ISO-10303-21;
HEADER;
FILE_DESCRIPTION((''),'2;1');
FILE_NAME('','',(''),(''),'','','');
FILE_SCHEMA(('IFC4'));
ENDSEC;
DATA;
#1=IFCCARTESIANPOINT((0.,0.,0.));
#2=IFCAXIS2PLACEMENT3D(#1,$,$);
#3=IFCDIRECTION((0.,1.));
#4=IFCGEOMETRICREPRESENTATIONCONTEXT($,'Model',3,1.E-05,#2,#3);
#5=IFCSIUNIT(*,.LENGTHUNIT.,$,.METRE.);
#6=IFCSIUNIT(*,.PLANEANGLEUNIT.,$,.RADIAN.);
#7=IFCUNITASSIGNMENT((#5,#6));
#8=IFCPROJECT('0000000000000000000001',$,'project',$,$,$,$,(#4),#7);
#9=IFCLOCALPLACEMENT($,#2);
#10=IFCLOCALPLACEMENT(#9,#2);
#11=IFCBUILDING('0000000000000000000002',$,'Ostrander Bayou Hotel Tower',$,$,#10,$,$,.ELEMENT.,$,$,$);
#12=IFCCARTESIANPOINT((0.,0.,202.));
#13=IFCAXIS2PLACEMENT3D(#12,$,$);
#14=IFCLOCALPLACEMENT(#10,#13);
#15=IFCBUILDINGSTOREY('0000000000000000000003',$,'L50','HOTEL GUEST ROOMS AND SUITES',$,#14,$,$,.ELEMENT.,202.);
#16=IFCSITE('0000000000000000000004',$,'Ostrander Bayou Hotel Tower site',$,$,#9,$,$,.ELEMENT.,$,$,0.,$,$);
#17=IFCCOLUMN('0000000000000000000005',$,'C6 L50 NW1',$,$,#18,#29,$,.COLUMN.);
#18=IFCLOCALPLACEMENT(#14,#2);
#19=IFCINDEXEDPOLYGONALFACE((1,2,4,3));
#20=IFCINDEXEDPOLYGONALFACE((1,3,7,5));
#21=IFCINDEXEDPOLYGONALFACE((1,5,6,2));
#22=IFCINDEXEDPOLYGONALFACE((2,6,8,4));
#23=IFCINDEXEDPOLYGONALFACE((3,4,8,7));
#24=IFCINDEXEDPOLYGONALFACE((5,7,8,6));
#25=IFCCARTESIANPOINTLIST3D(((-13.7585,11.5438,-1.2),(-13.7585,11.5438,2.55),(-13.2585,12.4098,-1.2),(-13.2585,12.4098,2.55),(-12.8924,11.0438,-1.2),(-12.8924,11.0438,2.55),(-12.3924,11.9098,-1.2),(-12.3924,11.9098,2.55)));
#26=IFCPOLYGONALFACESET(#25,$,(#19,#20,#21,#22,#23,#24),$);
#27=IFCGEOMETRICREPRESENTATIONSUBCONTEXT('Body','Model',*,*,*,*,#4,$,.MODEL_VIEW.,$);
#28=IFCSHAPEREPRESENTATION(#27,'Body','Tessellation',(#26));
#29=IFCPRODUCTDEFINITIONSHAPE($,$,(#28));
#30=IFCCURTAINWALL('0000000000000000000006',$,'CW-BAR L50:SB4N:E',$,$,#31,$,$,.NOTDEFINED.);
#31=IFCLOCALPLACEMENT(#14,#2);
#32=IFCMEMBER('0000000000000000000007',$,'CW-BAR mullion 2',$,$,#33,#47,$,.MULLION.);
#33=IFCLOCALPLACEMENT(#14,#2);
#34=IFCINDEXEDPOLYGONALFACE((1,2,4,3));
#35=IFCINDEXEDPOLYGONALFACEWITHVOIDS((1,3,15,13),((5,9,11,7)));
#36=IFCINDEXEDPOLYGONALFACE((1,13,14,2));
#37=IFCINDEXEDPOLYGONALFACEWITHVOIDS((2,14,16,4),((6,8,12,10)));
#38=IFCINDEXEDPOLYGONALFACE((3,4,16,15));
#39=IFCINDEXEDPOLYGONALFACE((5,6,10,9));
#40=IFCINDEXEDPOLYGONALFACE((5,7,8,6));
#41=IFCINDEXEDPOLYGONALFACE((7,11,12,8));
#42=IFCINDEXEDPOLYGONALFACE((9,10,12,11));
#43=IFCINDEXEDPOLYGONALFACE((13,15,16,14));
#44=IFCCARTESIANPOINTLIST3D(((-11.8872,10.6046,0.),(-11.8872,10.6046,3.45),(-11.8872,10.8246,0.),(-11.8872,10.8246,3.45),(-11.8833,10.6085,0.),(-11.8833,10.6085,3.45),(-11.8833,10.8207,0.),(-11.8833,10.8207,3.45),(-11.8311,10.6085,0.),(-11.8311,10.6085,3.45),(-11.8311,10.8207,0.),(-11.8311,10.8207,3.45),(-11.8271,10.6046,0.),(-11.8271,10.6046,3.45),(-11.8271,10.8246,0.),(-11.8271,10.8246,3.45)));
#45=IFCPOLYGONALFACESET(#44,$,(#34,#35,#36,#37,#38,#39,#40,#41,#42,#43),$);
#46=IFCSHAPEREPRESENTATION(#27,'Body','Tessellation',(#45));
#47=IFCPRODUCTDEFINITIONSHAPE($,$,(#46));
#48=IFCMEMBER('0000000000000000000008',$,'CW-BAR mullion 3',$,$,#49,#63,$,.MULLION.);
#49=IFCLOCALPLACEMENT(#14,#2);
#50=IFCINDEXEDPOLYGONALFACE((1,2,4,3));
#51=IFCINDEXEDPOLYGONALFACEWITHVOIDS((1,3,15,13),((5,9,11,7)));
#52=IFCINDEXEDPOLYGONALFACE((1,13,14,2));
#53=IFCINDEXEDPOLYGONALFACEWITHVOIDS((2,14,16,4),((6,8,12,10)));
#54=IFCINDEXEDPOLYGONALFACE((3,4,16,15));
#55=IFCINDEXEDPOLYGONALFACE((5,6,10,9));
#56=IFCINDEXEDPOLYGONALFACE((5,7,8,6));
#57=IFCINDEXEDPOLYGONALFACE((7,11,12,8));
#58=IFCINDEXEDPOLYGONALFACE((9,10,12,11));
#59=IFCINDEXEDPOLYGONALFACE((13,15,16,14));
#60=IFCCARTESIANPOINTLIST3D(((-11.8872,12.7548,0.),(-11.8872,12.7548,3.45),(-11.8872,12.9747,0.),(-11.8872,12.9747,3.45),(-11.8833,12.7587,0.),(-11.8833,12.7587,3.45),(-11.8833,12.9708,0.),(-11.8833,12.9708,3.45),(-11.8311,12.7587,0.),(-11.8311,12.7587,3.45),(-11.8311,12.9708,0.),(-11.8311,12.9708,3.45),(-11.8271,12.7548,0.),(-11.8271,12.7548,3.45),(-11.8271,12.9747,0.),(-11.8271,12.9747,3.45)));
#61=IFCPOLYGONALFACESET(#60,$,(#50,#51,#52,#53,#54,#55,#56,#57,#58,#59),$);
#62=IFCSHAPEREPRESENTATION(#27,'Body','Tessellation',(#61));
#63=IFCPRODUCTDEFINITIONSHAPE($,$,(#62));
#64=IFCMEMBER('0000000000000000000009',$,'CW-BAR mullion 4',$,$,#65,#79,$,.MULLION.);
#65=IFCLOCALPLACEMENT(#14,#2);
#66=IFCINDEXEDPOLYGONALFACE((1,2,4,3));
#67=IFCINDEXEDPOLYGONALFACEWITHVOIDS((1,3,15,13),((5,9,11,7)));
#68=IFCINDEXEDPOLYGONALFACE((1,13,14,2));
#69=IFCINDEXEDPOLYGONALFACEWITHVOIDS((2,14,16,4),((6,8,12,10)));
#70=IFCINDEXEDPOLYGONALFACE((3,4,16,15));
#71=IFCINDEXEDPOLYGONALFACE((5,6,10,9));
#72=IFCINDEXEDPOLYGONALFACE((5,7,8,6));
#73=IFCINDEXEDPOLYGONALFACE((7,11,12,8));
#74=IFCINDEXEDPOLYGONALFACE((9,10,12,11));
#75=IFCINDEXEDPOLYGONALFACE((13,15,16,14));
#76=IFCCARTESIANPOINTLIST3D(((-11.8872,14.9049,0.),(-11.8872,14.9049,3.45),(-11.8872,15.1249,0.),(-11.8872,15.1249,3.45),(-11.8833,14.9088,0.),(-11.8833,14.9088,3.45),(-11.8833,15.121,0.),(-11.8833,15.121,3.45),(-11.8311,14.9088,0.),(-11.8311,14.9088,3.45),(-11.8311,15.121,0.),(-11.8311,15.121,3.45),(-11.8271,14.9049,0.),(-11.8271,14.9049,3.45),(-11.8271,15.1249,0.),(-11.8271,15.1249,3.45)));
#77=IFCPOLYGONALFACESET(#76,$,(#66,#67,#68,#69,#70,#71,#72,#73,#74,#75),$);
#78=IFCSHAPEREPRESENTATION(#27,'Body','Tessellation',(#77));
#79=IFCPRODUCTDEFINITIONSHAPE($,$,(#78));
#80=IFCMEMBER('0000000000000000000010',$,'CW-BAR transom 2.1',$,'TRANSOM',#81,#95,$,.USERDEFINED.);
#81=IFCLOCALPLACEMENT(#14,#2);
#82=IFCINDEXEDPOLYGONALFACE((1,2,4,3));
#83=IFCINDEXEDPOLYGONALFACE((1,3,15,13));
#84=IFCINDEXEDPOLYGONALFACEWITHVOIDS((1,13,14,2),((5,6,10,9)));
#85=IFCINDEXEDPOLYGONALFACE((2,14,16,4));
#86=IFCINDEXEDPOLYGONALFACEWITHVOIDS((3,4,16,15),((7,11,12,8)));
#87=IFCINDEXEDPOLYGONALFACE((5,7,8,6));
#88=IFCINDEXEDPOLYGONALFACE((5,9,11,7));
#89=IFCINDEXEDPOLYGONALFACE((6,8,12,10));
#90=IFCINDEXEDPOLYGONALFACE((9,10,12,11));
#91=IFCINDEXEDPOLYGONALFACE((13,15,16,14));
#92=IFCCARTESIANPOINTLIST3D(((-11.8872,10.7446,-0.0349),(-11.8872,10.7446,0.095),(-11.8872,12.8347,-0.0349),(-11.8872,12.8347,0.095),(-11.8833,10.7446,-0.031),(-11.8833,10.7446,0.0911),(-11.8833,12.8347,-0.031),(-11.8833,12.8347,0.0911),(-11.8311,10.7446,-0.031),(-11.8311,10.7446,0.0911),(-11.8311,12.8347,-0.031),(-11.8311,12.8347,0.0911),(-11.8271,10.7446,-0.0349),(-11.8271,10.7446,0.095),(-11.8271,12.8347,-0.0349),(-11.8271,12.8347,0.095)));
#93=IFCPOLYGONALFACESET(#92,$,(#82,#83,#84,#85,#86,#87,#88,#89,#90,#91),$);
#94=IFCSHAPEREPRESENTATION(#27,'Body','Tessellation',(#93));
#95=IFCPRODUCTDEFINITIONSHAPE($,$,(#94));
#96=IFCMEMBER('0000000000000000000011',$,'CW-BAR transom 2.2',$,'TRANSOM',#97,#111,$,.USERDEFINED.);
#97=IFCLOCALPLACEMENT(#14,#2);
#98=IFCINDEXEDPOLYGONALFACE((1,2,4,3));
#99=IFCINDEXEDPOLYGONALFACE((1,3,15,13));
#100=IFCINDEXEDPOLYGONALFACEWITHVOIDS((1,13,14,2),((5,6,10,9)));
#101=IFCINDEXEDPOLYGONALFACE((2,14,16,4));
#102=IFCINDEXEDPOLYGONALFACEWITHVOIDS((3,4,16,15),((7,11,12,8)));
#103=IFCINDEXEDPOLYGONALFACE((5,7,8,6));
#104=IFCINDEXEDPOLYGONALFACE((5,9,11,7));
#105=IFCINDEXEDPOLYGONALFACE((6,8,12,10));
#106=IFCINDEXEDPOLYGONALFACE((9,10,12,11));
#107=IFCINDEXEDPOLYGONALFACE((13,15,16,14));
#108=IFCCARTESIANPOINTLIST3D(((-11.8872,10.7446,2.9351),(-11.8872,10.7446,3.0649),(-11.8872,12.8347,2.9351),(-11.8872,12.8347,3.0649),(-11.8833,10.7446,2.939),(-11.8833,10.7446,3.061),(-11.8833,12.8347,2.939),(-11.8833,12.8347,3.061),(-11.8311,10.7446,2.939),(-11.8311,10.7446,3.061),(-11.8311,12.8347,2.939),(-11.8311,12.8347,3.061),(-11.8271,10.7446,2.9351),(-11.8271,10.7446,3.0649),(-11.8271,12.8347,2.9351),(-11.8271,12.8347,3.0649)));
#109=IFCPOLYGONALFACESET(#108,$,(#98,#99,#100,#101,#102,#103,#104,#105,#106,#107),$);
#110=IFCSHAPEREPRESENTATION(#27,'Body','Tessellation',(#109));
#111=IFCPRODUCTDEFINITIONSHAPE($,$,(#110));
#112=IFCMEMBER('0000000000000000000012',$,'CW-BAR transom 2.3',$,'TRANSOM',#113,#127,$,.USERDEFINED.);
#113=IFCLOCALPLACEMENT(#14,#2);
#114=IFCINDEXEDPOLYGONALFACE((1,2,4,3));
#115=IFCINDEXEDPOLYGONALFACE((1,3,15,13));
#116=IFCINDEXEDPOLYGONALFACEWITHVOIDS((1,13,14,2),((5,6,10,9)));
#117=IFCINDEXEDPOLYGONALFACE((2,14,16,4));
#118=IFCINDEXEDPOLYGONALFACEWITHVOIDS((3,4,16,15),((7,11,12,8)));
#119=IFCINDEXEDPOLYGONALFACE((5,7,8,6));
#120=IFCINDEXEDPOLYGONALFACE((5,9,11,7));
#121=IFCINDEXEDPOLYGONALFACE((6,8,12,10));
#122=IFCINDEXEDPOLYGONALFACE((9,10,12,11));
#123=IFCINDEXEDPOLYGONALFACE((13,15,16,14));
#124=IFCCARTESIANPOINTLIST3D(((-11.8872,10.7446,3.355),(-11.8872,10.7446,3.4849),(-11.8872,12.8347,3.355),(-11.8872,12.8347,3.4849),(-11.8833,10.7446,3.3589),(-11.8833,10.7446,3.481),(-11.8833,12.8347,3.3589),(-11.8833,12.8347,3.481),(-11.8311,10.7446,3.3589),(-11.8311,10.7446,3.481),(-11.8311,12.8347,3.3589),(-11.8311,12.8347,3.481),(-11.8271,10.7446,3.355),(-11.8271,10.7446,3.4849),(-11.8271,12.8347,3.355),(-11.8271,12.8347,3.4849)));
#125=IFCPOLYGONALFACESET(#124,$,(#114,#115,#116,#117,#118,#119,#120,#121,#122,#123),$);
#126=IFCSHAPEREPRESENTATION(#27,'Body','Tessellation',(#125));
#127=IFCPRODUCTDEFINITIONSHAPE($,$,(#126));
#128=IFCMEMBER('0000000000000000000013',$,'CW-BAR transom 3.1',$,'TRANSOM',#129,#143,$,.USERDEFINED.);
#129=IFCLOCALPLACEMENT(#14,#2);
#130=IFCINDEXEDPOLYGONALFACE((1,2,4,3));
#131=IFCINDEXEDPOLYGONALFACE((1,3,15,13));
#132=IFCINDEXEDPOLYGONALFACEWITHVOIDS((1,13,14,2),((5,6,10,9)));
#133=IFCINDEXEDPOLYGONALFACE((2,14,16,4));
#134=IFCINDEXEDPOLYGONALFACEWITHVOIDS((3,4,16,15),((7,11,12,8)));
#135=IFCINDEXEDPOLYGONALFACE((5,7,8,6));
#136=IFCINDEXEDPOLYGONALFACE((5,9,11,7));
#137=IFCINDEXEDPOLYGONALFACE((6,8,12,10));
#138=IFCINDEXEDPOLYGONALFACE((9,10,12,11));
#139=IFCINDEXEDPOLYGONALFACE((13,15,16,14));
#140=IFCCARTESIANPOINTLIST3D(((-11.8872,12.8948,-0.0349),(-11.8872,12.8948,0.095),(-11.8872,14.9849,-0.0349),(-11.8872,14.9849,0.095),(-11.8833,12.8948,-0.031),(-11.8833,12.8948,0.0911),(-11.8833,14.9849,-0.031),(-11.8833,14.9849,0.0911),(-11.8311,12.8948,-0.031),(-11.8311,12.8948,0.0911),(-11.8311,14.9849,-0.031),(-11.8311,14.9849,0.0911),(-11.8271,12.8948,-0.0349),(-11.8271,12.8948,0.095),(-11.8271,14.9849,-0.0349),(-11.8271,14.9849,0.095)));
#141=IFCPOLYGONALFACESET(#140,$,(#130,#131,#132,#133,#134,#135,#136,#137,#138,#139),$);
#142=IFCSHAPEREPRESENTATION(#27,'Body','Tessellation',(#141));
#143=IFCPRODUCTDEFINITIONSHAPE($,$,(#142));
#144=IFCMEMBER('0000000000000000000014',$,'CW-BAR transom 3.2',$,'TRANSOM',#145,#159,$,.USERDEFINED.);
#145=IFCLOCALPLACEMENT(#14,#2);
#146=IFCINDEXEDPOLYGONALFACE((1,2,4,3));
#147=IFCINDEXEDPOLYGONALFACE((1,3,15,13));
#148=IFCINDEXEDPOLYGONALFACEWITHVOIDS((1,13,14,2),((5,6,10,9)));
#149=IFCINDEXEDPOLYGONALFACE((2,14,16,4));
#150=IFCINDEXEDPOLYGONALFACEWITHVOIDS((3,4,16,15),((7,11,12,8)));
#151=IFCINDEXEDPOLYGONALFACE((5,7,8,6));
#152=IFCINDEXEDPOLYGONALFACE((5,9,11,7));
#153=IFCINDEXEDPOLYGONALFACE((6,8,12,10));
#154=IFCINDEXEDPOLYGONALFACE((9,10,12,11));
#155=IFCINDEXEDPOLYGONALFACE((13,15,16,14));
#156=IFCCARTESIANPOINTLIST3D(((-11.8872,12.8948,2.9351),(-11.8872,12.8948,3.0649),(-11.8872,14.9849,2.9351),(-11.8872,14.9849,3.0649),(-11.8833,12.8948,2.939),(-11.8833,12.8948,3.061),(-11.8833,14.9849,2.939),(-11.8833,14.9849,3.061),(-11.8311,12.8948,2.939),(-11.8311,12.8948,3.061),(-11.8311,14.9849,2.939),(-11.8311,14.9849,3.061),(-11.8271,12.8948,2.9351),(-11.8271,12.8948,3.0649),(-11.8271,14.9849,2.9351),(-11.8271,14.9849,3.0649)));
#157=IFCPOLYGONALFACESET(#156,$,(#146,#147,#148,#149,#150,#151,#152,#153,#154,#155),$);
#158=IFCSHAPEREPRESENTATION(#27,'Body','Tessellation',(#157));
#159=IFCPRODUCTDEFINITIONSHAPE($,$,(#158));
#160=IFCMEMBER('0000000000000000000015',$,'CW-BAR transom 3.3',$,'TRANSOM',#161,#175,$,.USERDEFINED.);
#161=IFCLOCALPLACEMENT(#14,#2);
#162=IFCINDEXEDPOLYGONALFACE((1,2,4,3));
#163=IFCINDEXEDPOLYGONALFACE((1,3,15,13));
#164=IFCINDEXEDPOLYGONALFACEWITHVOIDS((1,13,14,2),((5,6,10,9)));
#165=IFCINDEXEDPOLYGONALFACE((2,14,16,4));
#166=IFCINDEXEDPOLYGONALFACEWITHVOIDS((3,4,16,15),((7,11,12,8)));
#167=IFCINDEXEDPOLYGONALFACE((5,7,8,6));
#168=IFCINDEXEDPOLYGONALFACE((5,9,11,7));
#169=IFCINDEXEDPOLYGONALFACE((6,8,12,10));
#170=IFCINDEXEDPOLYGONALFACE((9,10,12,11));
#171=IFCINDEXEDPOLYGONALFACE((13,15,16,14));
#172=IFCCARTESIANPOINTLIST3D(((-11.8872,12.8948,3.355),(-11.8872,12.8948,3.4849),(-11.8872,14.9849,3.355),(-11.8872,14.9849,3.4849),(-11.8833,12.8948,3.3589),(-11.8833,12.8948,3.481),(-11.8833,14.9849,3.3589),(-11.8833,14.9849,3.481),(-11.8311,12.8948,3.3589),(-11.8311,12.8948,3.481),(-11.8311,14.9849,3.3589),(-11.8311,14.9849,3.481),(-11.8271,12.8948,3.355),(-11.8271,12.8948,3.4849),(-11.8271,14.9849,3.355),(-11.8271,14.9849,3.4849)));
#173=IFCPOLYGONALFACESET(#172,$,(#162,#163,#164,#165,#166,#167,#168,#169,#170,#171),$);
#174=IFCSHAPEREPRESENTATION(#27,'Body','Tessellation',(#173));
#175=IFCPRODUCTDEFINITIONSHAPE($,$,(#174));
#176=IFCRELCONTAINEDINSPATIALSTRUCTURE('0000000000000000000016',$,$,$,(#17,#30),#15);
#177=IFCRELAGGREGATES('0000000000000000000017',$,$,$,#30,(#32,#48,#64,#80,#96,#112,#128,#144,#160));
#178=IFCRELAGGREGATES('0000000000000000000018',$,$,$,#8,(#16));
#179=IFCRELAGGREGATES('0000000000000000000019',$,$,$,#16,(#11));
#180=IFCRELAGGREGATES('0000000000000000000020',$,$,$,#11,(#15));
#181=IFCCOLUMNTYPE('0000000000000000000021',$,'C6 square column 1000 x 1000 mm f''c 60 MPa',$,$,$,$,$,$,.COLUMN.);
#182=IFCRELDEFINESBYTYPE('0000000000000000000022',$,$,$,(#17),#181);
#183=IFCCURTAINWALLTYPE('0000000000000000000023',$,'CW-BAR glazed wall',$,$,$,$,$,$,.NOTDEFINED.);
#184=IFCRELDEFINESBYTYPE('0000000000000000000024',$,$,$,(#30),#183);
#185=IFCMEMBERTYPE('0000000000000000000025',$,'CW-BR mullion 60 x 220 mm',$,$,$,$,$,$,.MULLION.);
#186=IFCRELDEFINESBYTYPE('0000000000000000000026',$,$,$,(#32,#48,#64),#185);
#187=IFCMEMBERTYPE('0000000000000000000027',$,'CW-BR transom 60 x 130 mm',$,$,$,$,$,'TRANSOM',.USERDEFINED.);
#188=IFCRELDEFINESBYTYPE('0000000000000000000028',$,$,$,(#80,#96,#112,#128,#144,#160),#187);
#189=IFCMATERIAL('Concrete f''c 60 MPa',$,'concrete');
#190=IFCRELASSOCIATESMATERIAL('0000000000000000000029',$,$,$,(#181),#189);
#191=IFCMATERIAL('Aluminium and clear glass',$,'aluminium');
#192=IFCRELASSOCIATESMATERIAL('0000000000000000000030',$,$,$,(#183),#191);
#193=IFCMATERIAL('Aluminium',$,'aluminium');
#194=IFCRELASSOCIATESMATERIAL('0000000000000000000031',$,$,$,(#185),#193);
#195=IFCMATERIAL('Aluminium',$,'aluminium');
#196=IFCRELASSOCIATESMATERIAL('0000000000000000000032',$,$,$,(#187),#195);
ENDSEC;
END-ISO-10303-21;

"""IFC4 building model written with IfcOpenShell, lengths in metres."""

from ifc_helpers import new_model, si_unit, direction, frame, origin, origin_2d, place, context, subcontext, project, spatial, rectangle, hollow_rectangle, extrude, material, material_profile, profile_set, type_object, element, aggregate, save


model = new_model("IFC4")

# Units and contexts
model_context = context("Model", 3, precision=1e-05, world=origin(), true_north=direction((0.0, 1.0)))
body_context = subcontext(model_context, "Body", "Model", "MODEL_VIEW")
ifc_project = project(units=[si_unit("LENGTHUNIT", "METRE"), si_unit("PLANEANGLEUNIT", "RADIAN")], contexts=[model_context])

# Site, building, storey
site_placement = place(None, origin())
site = spatial("IfcSite", under=ifc_project, at=site_placement, Name="Ostrander Bayou Hotel Tower site", CompositionType="ELEMENT", RefElevation=0.0)
building_placement = place(site_placement, origin())
building = spatial("IfcBuilding", under=site, at=building_placement, Name="Ostrander Bayou Hotel Tower", CompositionType="ELEMENT")
storey_placement = place(building_placement, frame((0.0, 0.0, 202.0)))
storey = spatial("IfcBuildingStorey", under=building, at=storey_placement, Name="L50", Description="HOTEL GUEST ROOMS AND SUITES", CompositionType="ELEMENT", Elevation=202.0)

# Column
ifc_material_1 = material(Name="Concrete f'c 60 MPa", Category="concrete")
ifc_material_profile_1 = material_profile(ifc_material_1, rectangle(XDim=1.0, YDim=1.0, at=origin_2d()))
ifc_profile_set_1 = profile_set([ifc_material_profile_1], Name="Concrete f'c 60 MPa")
column_type = type_object("IfcColumnType", Name="C6 square column 1000 x 1000 mm f'c 60 MPa", PredefinedType="COLUMN", material=ifc_profile_set_1)
column_placement = place(storey_placement, frame((-13.0754, 11.7268, -1.2), z_axis=(0.0, 0.0, 1.0), x_axis=(0.5, 0.866025, 0.0)))
element("IfcColumn", 1, at=column_placement, inside=storey, type_object=column_type, Name="C6 L50 NW1", PredefinedType="COLUMN", context=body_context, shape_type="SweptSolid", body=[
    extrude(rectangle(XDim=1.0, YDim=1.0, at=origin_2d()), origin(), (0.0, 0.0, 1.0), 3.75),
])

# Curtain wall, members
ifc_material_2 = material(Name="Aluminium and clear glass", Category="aluminium")
curtain_wall_type = type_object("IfcCurtainWallType", Name="CW-BAR glazed wall", PredefinedType="NOTDEFINED", material=ifc_material_2)
curtain_wall_placement = place(storey_placement, origin())
curtain_wall = element("IfcCurtainWall", 2, at=curtain_wall_placement, inside=storey, type_object=curtain_wall_type, Name="CW-BAR L50:SB4N:E", PredefinedType="NOTDEFINED")
ifc_material_3 = material(Name="Aluminium", Category="aluminium")
ifc_material_profile_2 = material_profile(ifc_material_3, hollow_rectangle(XDim=0.0601, YDim=0.22, WallThickness=0.0039, at=origin_2d()))
ifc_profile_set_2 = profile_set([ifc_material_profile_2], Name="Aluminium")
member_type_1 = type_object("IfcMemberType", Name="CW-BR mullion 60 x 220 mm", PredefinedType="MULLION", material=ifc_profile_set_2)
member_1_placement = place(storey_placement, frame((-11.8572, 10.7146, 0.0), z_axis=(0.0, 0.0, 1.0), x_axis=(-1.0, 0.0, 0.0)))
member_1 = element("IfcMember", 3, at=member_1_placement, type_object=member_type_1, Name="CW-BAR mullion 2", PredefinedType="MULLION", context=body_context, shape_type="SweptSolid", body=[
    extrude(hollow_rectangle(XDim=0.0601, YDim=0.22, WallThickness=0.0039, at=origin_2d()), origin(), (0.0, 0.0, 1.0), 3.45),
])
member_2_placement = place(storey_placement, frame((-11.8572, 12.8647, 0.0), z_axis=(0.0, 0.0, 1.0), x_axis=(-1.0, 0.0, 0.0)))
member_2 = element("IfcMember", 4, at=member_2_placement, type_object=member_type_1, Name="CW-BAR mullion 3", PredefinedType="MULLION", context=body_context, shape_type="SweptSolid", body=[
    extrude(hollow_rectangle(XDim=0.0601, YDim=0.22, WallThickness=0.0039, at=origin_2d()), origin(), (0.0, 0.0, 1.0), 3.45),
])
member_3_placement = place(storey_placement, frame((-11.8572, 15.0149, 0.0), z_axis=(0.0, 0.0, 1.0), x_axis=(-1.0, 0.0, 0.0)))
member_3 = element("IfcMember", 5, at=member_3_placement, type_object=member_type_1, Name="CW-BAR mullion 4", PredefinedType="MULLION", context=body_context, shape_type="SweptSolid", body=[
    extrude(hollow_rectangle(XDim=0.0601, YDim=0.22, WallThickness=0.0039, at=origin_2d()), origin(), (0.0, 0.0, 1.0), 3.45),
])
ifc_material_4 = material(Name="Aluminium", Category="aluminium")
ifc_material_profile_3 = material_profile(ifc_material_4, hollow_rectangle(XDim=0.0601, YDim=0.1299, WallThickness=0.0039, at=origin_2d()))
ifc_profile_set_3 = profile_set([ifc_material_profile_3], Name="Aluminium")
member_type_2 = type_object("IfcMemberType", Name="CW-BR transom 60 x 130 mm", ElementType="TRANSOM", PredefinedType="USERDEFINED", material=ifc_profile_set_3)
member_4_placement = place(storey_placement, frame((-11.8572, 10.7446, 0.03), z_axis=(0.0, 1.0, 0.0), x_axis=(-1.0, 0.0, 0.0)))
member_4 = element("IfcMember", 6, at=member_4_placement, type_object=member_type_2, Name="CW-BAR transom 2.1", ObjectType="TRANSOM", PredefinedType="USERDEFINED", context=body_context, shape_type="SweptSolid", body=[
    extrude(hollow_rectangle(XDim=0.0601, YDim=0.1299, WallThickness=0.0039, at=origin_2d()), origin(), (0.0, 0.0, 1.0), 2.0901),
])
member_5_placement = place(storey_placement, frame((-11.8572, 10.7446, 3.0), z_axis=(0.0, 1.0, 0.0), x_axis=(-1.0, 0.0, 0.0)))
member_5 = element("IfcMember", 7, at=member_5_placement, type_object=member_type_2, Name="CW-BAR transom 2.2", ObjectType="TRANSOM", PredefinedType="USERDEFINED", context=body_context, shape_type="SweptSolid", body=[
    extrude(hollow_rectangle(XDim=0.0601, YDim=0.1299, WallThickness=0.0039, at=origin_2d()), origin(), (0.0, 0.0, 1.0), 2.0901),
])
member_6_placement = place(storey_placement, frame((-11.8572, 10.7446, 3.4199), z_axis=(0.0, 1.0, 0.0), x_axis=(-1.0, 0.0, 0.0)))
member_6 = element("IfcMember", 8, at=member_6_placement, type_object=member_type_2, Name="CW-BAR transom 2.3", ObjectType="TRANSOM", PredefinedType="USERDEFINED", context=body_context, shape_type="SweptSolid", body=[
    extrude(hollow_rectangle(XDim=0.0601, YDim=0.1299, WallThickness=0.0039, at=origin_2d()), origin(), (0.0, 0.0, 1.0), 2.0901),
])
member_7_placement = place(storey_placement, frame((-11.8572, 12.8948, 0.03), z_axis=(0.0, 1.0, 0.0), x_axis=(-1.0, 0.0, 0.0)))
member_7 = element("IfcMember", 9, at=member_7_placement, type_object=member_type_2, Name="CW-BAR transom 3.1", ObjectType="TRANSOM", PredefinedType="USERDEFINED", context=body_context, shape_type="SweptSolid", body=[
    extrude(hollow_rectangle(XDim=0.0601, YDim=0.1299, WallThickness=0.0039, at=origin_2d()), origin(), (0.0, 0.0, 1.0), 2.0901),
])
member_8_placement = place(storey_placement, frame((-11.8572, 12.8948, 3.0), z_axis=(0.0, 1.0, 0.0), x_axis=(-1.0, 0.0, 0.0)))
member_8 = element("IfcMember", 10, at=member_8_placement, type_object=member_type_2, Name="CW-BAR transom 3.2", ObjectType="TRANSOM", PredefinedType="USERDEFINED", context=body_context, shape_type="SweptSolid", body=[
    extrude(hollow_rectangle(XDim=0.0601, YDim=0.1299, WallThickness=0.0039, at=origin_2d()), origin(), (0.0, 0.0, 1.0), 2.0901),
])
member_9_placement = place(storey_placement, frame((-11.8572, 12.8948, 3.4199), z_axis=(0.0, 1.0, 0.0), x_axis=(-1.0, 0.0, 0.0)))
member_9 = element("IfcMember", 11, at=member_9_placement, type_object=member_type_2, Name="CW-BAR transom 3.3", ObjectType="TRANSOM", PredefinedType="USERDEFINED", context=body_context, shape_type="SweptSolid", body=[
    extrude(hollow_rectangle(XDim=0.0601, YDim=0.1299, WallThickness=0.0039, at=origin_2d()), origin(), (0.0, 0.0, 1.0), 2.0901),
])

aggregate(curtain_wall, [member_1, member_2, member_3, member_4, member_5, member_6, member_7, member_8, member_9])

save(model, "model.ifc")
